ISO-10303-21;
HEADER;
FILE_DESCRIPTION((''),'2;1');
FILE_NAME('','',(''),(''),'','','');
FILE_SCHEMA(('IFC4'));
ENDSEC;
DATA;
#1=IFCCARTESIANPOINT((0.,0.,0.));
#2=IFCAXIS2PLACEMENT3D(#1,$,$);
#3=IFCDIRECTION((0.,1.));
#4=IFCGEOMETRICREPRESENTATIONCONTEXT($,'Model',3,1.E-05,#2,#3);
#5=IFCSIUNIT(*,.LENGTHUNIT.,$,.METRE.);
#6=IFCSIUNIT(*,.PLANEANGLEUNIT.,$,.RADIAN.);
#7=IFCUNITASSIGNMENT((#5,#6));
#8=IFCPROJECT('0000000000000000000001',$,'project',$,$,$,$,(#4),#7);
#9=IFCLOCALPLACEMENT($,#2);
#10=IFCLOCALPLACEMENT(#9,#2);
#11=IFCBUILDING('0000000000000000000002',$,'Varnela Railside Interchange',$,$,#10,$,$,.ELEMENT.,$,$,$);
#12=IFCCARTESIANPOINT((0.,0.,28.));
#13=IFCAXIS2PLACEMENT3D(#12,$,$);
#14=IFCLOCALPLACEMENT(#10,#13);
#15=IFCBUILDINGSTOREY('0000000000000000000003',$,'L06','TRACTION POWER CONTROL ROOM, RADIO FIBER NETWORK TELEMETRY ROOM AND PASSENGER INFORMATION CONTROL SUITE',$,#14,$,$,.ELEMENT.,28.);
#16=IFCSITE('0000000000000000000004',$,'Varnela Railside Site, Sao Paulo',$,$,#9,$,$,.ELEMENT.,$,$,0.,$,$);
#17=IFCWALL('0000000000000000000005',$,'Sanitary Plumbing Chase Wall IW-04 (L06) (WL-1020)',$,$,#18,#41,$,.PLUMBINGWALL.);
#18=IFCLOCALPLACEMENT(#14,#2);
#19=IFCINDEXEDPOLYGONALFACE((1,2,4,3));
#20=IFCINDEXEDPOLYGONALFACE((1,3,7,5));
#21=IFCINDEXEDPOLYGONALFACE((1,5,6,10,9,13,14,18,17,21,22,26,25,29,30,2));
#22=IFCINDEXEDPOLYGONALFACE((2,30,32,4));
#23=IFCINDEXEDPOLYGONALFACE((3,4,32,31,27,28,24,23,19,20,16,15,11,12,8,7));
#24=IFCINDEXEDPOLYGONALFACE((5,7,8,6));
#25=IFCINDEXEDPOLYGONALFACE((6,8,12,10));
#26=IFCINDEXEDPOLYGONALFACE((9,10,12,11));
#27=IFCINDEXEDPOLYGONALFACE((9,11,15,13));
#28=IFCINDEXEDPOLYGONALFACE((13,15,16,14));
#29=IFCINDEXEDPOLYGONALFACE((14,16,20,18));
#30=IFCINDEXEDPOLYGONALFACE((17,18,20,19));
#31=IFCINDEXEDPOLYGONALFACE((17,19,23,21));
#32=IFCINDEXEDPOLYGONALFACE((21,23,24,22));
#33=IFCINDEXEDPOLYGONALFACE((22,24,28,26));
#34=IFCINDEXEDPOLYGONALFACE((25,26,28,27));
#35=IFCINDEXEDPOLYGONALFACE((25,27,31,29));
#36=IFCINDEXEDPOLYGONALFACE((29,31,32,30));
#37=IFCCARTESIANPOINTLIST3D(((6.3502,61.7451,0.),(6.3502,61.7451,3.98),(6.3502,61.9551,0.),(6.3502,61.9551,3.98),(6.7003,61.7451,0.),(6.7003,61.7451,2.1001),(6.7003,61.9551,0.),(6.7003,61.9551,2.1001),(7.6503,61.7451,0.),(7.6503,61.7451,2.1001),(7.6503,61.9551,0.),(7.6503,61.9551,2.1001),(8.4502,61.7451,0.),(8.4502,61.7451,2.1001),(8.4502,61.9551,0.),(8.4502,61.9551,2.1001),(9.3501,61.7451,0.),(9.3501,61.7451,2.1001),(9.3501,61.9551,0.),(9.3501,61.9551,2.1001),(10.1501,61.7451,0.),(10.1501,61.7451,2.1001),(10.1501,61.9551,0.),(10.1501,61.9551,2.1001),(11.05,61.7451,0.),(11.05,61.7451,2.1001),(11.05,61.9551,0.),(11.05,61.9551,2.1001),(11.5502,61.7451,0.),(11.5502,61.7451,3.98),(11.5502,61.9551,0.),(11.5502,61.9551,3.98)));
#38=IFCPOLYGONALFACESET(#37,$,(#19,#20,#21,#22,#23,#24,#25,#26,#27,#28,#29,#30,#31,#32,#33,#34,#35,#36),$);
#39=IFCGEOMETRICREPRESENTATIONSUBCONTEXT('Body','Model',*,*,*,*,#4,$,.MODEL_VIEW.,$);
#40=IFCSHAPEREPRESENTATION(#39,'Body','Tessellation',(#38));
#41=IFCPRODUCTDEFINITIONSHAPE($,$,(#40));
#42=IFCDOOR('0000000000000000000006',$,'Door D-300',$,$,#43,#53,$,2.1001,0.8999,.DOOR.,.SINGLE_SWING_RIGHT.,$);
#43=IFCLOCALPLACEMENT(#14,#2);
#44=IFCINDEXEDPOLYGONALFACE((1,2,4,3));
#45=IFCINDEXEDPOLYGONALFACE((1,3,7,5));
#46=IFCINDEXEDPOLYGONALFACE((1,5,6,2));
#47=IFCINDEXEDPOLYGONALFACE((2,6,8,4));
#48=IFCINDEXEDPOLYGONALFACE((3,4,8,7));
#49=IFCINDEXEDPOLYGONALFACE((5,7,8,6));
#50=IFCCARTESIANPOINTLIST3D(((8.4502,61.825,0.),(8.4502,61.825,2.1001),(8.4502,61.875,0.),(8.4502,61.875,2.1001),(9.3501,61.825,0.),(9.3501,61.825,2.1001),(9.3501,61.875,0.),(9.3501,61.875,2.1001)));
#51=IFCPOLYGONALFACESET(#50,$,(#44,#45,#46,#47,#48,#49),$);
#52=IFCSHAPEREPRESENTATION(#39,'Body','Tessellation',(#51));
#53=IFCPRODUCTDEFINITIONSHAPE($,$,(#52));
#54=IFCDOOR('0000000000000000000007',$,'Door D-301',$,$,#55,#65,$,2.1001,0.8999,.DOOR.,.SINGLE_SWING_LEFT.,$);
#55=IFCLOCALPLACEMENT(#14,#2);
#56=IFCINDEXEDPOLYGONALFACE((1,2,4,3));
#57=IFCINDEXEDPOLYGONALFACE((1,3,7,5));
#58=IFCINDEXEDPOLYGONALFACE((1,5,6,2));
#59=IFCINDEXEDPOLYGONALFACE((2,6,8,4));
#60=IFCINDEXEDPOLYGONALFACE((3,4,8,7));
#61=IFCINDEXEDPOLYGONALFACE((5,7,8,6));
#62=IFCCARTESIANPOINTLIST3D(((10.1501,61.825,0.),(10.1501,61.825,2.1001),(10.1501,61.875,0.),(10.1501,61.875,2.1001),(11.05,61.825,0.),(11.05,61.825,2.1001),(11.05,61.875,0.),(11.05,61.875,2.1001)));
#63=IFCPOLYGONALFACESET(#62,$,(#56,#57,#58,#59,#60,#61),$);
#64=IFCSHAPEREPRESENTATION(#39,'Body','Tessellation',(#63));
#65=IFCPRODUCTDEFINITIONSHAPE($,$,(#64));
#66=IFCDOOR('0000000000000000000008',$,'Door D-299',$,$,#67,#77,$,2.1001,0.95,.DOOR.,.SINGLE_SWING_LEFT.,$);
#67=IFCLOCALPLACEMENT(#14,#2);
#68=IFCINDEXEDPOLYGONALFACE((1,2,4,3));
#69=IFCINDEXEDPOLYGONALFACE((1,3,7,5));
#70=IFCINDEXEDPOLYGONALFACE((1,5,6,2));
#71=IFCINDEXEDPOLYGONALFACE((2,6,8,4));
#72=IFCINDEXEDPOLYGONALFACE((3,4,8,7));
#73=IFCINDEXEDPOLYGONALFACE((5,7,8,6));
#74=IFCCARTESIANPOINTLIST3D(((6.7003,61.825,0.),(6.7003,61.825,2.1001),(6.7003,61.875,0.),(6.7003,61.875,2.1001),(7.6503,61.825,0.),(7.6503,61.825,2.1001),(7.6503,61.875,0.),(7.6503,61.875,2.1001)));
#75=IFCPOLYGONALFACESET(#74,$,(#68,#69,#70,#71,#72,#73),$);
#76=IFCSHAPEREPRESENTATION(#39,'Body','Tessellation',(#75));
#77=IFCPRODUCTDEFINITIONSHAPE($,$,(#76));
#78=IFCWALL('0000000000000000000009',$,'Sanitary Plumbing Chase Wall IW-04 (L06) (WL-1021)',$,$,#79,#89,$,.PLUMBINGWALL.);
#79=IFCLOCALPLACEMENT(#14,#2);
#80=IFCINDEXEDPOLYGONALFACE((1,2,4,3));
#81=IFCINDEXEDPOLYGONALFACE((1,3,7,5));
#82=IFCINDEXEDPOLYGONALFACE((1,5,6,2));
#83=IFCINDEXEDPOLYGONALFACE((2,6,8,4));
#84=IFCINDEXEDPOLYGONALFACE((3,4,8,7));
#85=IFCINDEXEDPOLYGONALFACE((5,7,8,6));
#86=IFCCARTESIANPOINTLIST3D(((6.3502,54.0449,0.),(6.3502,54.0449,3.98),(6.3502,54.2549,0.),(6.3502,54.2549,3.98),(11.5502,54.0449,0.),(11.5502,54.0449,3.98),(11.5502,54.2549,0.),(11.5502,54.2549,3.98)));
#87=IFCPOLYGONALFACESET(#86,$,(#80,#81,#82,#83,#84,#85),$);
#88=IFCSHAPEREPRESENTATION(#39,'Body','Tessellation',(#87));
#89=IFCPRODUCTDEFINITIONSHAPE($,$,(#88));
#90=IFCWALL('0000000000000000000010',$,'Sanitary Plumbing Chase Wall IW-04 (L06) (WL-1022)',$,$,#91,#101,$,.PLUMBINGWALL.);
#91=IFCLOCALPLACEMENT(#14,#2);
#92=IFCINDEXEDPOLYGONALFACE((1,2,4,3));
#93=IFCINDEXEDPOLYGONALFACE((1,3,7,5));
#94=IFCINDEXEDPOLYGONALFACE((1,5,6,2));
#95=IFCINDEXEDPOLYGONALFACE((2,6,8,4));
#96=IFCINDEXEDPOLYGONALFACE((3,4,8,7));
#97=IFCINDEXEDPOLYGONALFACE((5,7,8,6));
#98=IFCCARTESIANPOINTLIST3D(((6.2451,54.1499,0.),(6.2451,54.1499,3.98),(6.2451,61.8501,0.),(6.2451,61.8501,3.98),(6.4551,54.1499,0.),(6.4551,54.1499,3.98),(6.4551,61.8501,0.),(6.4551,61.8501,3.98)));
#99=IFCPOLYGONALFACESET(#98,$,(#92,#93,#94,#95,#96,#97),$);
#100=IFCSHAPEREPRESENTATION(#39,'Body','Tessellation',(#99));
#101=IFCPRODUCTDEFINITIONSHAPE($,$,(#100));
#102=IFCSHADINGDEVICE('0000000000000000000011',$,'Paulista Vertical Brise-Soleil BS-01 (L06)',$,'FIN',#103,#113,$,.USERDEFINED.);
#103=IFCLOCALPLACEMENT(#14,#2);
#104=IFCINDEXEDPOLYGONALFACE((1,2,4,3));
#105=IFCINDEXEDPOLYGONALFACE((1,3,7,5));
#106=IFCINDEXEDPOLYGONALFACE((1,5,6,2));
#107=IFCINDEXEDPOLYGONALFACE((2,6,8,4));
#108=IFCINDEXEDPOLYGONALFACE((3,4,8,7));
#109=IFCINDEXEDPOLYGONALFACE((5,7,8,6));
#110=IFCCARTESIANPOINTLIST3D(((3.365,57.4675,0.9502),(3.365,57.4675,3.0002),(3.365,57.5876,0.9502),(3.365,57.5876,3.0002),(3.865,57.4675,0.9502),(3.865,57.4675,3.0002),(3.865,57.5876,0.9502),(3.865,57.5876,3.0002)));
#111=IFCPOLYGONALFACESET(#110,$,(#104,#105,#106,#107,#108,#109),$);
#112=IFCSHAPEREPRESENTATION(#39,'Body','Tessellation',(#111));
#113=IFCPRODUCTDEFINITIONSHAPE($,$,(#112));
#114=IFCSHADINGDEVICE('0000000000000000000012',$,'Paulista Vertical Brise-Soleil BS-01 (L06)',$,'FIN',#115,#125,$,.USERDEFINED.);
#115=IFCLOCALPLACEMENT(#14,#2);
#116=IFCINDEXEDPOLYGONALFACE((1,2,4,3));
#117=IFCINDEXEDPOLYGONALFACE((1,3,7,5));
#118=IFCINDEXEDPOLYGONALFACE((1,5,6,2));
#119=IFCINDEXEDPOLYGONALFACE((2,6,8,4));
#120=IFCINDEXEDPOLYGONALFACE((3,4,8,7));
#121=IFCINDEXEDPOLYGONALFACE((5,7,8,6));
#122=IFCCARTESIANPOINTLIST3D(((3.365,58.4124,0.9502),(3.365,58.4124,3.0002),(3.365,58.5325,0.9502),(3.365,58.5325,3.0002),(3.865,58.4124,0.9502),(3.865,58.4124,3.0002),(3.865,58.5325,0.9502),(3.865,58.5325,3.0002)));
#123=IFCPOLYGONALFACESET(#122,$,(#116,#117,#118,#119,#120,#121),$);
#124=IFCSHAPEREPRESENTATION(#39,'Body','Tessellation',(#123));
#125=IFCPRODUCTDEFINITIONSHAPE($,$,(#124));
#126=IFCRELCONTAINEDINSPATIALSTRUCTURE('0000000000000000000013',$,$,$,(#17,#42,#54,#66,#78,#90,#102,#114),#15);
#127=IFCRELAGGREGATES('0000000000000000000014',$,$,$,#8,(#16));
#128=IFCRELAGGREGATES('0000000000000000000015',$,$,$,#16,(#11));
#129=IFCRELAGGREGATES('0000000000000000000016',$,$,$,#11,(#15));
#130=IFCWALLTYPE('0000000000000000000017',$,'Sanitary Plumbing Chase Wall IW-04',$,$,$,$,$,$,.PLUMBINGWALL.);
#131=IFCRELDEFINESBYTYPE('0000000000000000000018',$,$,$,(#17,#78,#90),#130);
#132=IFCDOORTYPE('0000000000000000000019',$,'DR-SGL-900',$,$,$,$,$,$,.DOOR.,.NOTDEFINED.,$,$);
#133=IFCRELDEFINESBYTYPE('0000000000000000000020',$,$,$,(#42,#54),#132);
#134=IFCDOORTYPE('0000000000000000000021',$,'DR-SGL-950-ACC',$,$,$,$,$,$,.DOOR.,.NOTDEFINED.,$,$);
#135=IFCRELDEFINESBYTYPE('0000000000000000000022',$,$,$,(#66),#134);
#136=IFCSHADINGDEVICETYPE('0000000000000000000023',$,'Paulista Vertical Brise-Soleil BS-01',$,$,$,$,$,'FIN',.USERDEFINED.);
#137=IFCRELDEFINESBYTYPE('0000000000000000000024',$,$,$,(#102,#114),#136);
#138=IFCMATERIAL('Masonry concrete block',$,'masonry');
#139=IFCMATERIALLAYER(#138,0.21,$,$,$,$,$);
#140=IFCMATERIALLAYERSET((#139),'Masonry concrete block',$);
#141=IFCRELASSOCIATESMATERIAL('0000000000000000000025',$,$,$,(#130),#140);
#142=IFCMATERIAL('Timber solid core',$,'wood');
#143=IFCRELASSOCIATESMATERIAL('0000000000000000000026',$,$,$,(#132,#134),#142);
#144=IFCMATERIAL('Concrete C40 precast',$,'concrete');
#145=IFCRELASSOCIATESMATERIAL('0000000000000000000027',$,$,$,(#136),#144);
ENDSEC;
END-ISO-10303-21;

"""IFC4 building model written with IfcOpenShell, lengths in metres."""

from ifc_helpers import new_model, si_unit, direction, frame, frame_2d, origin, origin_2d, place, context, subcontext, project, spatial, rectangle, extrude, material, layer, layer_set, type_object, element, fill, save


model = new_model("IFC4")

# Units and contexts
model_context = context("Model", 3, precision=1e-05, world=origin(), true_north=direction((0.0, 1.0)))
body_context = subcontext(model_context, "Body", "Model", "MODEL_VIEW")
ifc_project = project(units=[si_unit("LENGTHUNIT", "METRE"), si_unit("PLANEANGLEUNIT", "RADIAN")], contexts=[model_context])

# Site, building, storey
site_placement = place(None, origin())
site = spatial("IfcSite", under=ifc_project, at=site_placement, Name="Varnela Railside Site, Sao Paulo", CompositionType="ELEMENT", RefElevation=0.0)
building_placement = place(site_placement, origin())
building = spatial("IfcBuilding", under=site, at=building_placement, Name="Varnela Railside Interchange", CompositionType="ELEMENT")
storey_placement = place(building_placement, frame((0.0, 0.0, 28.0)))
storey = spatial("IfcBuildingStorey", under=building, at=storey_placement, Name="L06", Description="TRACTION POWER CONTROL ROOM, RADIO FIBER NETWORK TELEMETRY ROOM AND PASSENGER INFORMATION CONTROL SUITE", CompositionType="ELEMENT", Elevation=28.0)

# Shared definitions
ifc_material_1 = material(Name="Concrete C40 precast", Category="concrete")

# Wall, openings, doors
ifc_material_2 = material(Name="Masonry concrete block", Category="masonry")
ifc_layer_1 = layer(ifc_material_2, 0.21)
ifc_layer_set_1 = layer_set([ifc_layer_1], Name="Masonry concrete block")
wall_type_1 = type_object("IfcWallType", Name="Sanitary Plumbing Chase Wall IW-04", PredefinedType="PLUMBINGWALL", material=ifc_layer_set_1)
wall_1_placement = place(storey_placement, frame((6.3501, 61.8501, 0.0), z_axis=(0.0, 0.0, 1.0), x_axis=(1.0, 0.0, 0.0)))
wall_1 = element("IfcWall", 1, at=wall_1_placement, inside=storey, type_object=wall_type_1, Name="Sanitary Plumbing Chase Wall IW-04 (L06) (WL-1020)", PredefinedType="PLUMBINGWALL", context=body_context, shape_type="SweptSolid", body=[
    extrude(rectangle(XDim=5.2, YDim=0.21, at=frame_2d((2.6001, 0.0))), origin(), (0.0, 0.0, 1.0), 3.98),
])
opening_1_placement = place(wall_1_placement, frame((0.3501, 0.0, 0.0)))
opening_1 = element("IfcOpeningElement", 2, at=opening_1_placement, cuts=wall_1, PredefinedType="OPENING", context=body_context, shape_type="SweptSolid", body=[
    extrude(rectangle(XDim=0.95, YDim=2.1001, at=frame_2d((0.4751, 1.05))), frame((0.0, 0.115, 0.0), z_axis=(0.0, -1.0, 0.0), x_axis=(1.0, 0.0, 0.0)), (0.0, 0.0, 1.0), 0.23),
])
opening_2_placement = place(wall_1_placement, frame((2.1001, 0.0, 0.0)))
opening_2 = element("IfcOpeningElement", 3, at=opening_2_placement, cuts=wall_1, PredefinedType="OPENING", context=body_context, shape_type="SweptSolid", body=[
    extrude(rectangle(XDim=0.8999, YDim=2.1001, at=frame_2d((0.45, 1.05))), frame((0.0, 0.115, 0.0), z_axis=(0.0, -1.0, 0.0), x_axis=(1.0, 0.0, 0.0)), (0.0, 0.0, 1.0), 0.23),
])
opening_3_placement = place(wall_1_placement, frame((3.8, 0.0, 0.0)))
opening_3 = element("IfcOpeningElement", 4, at=opening_3_placement, cuts=wall_1, PredefinedType="OPENING", context=body_context, shape_type="SweptSolid", body=[
    extrude(rectangle(XDim=0.8999, YDim=2.1001, at=frame_2d((0.45, 1.05))), frame((0.0, 0.115, 0.0), z_axis=(0.0, -1.0, 0.0), x_axis=(1.0, 0.0, 0.0)), (0.0, 0.0, 1.0), 0.23),
])
ifc_material_3 = material(Name="Timber solid core", Category="wood")
door_type_1 = type_object("IfcDoorType", Name="DR-SGL-900", OperationType="NOTDEFINED", PredefinedType="DOOR", material=ifc_material_3)
door_1_placement = place(opening_2_placement, origin())
door_1 = element("IfcDoor", 5, at=door_1_placement, inside=storey, type_object=door_type_1, Name="Door D-300", OperationType="SINGLE_SWING_RIGHT", OverallHeight=2.1001, OverallWidth=0.8999, PredefinedType="DOOR", context=body_context, shape_type="SweptSolid", body=[
    extrude(rectangle(XDim=0.8999, YDim=2.1001, at=frame_2d((0.45, 1.05))), frame((0.0, 0.0249, 0.0), z_axis=(0.0, -1.0, 0.0), x_axis=(1.0, 0.0, 0.0)), (0.0, 0.0, 1.0), 0.05),
])
fill(opening_2, door_1)
door_2_placement = place(opening_3_placement, origin())
door_2 = element("IfcDoor", 6, at=door_2_placement, inside=storey, type_object=door_type_1, Name="Door D-301", OperationType="SINGLE_SWING_LEFT", OverallHeight=2.1001, OverallWidth=0.8999, PredefinedType="DOOR", context=body_context, shape_type="SweptSolid", body=[
    extrude(rectangle(XDim=0.8999, YDim=2.1001, at=frame_2d((0.45, 1.05))), frame((0.0, 0.0249, 0.0), z_axis=(0.0, -1.0, 0.0), x_axis=(1.0, 0.0, 0.0)), (0.0, 0.0, 1.0), 0.05),
])
fill(opening_3, door_2)
door_type_2 = type_object("IfcDoorType", Name="DR-SGL-950-ACC", OperationType="NOTDEFINED", PredefinedType="DOOR", material=ifc_material_3)
door_3_placement = place(opening_1_placement, origin())
door_3 = element("IfcDoor", 7, at=door_3_placement, inside=storey, type_object=door_type_2, Name="Door D-299", OperationType="SINGLE_SWING_LEFT", OverallHeight=2.1001, OverallWidth=0.95, PredefinedType="DOOR", context=body_context, shape_type="SweptSolid", body=[
    extrude(rectangle(XDim=0.95, YDim=2.1001, at=frame_2d((0.4751, 1.05))), frame((0.0, 0.0249, 0.0), z_axis=(0.0, -1.0, 0.0), x_axis=(1.0, 0.0, 0.0)), (0.0, 0.0, 1.0), 0.05),
])
fill(opening_1, door_3)

# Walls
wall_2_placement = place(storey_placement, frame((6.3501, 54.1499, 0.0), z_axis=(0.0, 0.0, 1.0), x_axis=(1.0, 0.0, 0.0)))
element("IfcWall", 8, at=wall_2_placement, inside=storey, type_object=wall_type_1, Name="Sanitary Plumbing Chase Wall IW-04 (L06) (WL-1021)", PredefinedType="PLUMBINGWALL", context=body_context, shape_type="SweptSolid", body=[
    extrude(rectangle(XDim=5.2, YDim=0.21, at=frame_2d((2.6001, 0.0))), origin(), (0.0, 0.0, 1.0), 3.98),
])
wall_3_placement = place(storey_placement, frame((6.3501, 54.1499, 0.0), z_axis=(0.0, 0.0, 1.0), x_axis=(0.0, 1.0, 0.0)))
element("IfcWall", 9, at=wall_3_placement, inside=storey, type_object=wall_type_1, Name="Sanitary Plumbing Chase Wall IW-04 (L06) (WL-1022)", PredefinedType="PLUMBINGWALL", context=body_context, shape_type="SweptSolid", body=[
    extrude(rectangle(XDim=7.7002, YDim=0.21, at=frame_2d((3.8501, 0.0))), origin(), (0.0, 0.0, 1.0), 3.98),
])

# Shading devices
shading_device_type = type_object("IfcShadingDeviceType", Name="Paulista Vertical Brise-Soleil BS-01", ElementType="FIN", PredefinedType="USERDEFINED", material=ifc_material_1)
for number, where, z_axis, x_axis, name in (
    (10, (3.615, 57.5276, 0.9502), (0.0, 0.0, 1.0), (-1.0, 0.0, 0.0), "Paulista Vertical Brise-Soleil BS-01 (L06)"),
    (11, (3.615, 58.4724, 0.9502), (0.0, 0.0, 1.0), (-1.0, 0.0, 0.0), "Paulista Vertical Brise-Soleil BS-01 (L06)"),
):
    element("IfcShadingDevice", number, at=place(storey_placement, frame(where, z_axis=z_axis, x_axis=x_axis)), inside=storey, type_object=shading_device_type, Name=name, ObjectType="FIN", PredefinedType="USERDEFINED", context=body_context, shape_type="SweptSolid", body=[
        extrude(rectangle(XDim=0.5, YDim=0.1201, at=origin_2d()), origin(), (0.0, 0.0, 1.0), 2.05),
    ])

save(model, "model.ifc")
